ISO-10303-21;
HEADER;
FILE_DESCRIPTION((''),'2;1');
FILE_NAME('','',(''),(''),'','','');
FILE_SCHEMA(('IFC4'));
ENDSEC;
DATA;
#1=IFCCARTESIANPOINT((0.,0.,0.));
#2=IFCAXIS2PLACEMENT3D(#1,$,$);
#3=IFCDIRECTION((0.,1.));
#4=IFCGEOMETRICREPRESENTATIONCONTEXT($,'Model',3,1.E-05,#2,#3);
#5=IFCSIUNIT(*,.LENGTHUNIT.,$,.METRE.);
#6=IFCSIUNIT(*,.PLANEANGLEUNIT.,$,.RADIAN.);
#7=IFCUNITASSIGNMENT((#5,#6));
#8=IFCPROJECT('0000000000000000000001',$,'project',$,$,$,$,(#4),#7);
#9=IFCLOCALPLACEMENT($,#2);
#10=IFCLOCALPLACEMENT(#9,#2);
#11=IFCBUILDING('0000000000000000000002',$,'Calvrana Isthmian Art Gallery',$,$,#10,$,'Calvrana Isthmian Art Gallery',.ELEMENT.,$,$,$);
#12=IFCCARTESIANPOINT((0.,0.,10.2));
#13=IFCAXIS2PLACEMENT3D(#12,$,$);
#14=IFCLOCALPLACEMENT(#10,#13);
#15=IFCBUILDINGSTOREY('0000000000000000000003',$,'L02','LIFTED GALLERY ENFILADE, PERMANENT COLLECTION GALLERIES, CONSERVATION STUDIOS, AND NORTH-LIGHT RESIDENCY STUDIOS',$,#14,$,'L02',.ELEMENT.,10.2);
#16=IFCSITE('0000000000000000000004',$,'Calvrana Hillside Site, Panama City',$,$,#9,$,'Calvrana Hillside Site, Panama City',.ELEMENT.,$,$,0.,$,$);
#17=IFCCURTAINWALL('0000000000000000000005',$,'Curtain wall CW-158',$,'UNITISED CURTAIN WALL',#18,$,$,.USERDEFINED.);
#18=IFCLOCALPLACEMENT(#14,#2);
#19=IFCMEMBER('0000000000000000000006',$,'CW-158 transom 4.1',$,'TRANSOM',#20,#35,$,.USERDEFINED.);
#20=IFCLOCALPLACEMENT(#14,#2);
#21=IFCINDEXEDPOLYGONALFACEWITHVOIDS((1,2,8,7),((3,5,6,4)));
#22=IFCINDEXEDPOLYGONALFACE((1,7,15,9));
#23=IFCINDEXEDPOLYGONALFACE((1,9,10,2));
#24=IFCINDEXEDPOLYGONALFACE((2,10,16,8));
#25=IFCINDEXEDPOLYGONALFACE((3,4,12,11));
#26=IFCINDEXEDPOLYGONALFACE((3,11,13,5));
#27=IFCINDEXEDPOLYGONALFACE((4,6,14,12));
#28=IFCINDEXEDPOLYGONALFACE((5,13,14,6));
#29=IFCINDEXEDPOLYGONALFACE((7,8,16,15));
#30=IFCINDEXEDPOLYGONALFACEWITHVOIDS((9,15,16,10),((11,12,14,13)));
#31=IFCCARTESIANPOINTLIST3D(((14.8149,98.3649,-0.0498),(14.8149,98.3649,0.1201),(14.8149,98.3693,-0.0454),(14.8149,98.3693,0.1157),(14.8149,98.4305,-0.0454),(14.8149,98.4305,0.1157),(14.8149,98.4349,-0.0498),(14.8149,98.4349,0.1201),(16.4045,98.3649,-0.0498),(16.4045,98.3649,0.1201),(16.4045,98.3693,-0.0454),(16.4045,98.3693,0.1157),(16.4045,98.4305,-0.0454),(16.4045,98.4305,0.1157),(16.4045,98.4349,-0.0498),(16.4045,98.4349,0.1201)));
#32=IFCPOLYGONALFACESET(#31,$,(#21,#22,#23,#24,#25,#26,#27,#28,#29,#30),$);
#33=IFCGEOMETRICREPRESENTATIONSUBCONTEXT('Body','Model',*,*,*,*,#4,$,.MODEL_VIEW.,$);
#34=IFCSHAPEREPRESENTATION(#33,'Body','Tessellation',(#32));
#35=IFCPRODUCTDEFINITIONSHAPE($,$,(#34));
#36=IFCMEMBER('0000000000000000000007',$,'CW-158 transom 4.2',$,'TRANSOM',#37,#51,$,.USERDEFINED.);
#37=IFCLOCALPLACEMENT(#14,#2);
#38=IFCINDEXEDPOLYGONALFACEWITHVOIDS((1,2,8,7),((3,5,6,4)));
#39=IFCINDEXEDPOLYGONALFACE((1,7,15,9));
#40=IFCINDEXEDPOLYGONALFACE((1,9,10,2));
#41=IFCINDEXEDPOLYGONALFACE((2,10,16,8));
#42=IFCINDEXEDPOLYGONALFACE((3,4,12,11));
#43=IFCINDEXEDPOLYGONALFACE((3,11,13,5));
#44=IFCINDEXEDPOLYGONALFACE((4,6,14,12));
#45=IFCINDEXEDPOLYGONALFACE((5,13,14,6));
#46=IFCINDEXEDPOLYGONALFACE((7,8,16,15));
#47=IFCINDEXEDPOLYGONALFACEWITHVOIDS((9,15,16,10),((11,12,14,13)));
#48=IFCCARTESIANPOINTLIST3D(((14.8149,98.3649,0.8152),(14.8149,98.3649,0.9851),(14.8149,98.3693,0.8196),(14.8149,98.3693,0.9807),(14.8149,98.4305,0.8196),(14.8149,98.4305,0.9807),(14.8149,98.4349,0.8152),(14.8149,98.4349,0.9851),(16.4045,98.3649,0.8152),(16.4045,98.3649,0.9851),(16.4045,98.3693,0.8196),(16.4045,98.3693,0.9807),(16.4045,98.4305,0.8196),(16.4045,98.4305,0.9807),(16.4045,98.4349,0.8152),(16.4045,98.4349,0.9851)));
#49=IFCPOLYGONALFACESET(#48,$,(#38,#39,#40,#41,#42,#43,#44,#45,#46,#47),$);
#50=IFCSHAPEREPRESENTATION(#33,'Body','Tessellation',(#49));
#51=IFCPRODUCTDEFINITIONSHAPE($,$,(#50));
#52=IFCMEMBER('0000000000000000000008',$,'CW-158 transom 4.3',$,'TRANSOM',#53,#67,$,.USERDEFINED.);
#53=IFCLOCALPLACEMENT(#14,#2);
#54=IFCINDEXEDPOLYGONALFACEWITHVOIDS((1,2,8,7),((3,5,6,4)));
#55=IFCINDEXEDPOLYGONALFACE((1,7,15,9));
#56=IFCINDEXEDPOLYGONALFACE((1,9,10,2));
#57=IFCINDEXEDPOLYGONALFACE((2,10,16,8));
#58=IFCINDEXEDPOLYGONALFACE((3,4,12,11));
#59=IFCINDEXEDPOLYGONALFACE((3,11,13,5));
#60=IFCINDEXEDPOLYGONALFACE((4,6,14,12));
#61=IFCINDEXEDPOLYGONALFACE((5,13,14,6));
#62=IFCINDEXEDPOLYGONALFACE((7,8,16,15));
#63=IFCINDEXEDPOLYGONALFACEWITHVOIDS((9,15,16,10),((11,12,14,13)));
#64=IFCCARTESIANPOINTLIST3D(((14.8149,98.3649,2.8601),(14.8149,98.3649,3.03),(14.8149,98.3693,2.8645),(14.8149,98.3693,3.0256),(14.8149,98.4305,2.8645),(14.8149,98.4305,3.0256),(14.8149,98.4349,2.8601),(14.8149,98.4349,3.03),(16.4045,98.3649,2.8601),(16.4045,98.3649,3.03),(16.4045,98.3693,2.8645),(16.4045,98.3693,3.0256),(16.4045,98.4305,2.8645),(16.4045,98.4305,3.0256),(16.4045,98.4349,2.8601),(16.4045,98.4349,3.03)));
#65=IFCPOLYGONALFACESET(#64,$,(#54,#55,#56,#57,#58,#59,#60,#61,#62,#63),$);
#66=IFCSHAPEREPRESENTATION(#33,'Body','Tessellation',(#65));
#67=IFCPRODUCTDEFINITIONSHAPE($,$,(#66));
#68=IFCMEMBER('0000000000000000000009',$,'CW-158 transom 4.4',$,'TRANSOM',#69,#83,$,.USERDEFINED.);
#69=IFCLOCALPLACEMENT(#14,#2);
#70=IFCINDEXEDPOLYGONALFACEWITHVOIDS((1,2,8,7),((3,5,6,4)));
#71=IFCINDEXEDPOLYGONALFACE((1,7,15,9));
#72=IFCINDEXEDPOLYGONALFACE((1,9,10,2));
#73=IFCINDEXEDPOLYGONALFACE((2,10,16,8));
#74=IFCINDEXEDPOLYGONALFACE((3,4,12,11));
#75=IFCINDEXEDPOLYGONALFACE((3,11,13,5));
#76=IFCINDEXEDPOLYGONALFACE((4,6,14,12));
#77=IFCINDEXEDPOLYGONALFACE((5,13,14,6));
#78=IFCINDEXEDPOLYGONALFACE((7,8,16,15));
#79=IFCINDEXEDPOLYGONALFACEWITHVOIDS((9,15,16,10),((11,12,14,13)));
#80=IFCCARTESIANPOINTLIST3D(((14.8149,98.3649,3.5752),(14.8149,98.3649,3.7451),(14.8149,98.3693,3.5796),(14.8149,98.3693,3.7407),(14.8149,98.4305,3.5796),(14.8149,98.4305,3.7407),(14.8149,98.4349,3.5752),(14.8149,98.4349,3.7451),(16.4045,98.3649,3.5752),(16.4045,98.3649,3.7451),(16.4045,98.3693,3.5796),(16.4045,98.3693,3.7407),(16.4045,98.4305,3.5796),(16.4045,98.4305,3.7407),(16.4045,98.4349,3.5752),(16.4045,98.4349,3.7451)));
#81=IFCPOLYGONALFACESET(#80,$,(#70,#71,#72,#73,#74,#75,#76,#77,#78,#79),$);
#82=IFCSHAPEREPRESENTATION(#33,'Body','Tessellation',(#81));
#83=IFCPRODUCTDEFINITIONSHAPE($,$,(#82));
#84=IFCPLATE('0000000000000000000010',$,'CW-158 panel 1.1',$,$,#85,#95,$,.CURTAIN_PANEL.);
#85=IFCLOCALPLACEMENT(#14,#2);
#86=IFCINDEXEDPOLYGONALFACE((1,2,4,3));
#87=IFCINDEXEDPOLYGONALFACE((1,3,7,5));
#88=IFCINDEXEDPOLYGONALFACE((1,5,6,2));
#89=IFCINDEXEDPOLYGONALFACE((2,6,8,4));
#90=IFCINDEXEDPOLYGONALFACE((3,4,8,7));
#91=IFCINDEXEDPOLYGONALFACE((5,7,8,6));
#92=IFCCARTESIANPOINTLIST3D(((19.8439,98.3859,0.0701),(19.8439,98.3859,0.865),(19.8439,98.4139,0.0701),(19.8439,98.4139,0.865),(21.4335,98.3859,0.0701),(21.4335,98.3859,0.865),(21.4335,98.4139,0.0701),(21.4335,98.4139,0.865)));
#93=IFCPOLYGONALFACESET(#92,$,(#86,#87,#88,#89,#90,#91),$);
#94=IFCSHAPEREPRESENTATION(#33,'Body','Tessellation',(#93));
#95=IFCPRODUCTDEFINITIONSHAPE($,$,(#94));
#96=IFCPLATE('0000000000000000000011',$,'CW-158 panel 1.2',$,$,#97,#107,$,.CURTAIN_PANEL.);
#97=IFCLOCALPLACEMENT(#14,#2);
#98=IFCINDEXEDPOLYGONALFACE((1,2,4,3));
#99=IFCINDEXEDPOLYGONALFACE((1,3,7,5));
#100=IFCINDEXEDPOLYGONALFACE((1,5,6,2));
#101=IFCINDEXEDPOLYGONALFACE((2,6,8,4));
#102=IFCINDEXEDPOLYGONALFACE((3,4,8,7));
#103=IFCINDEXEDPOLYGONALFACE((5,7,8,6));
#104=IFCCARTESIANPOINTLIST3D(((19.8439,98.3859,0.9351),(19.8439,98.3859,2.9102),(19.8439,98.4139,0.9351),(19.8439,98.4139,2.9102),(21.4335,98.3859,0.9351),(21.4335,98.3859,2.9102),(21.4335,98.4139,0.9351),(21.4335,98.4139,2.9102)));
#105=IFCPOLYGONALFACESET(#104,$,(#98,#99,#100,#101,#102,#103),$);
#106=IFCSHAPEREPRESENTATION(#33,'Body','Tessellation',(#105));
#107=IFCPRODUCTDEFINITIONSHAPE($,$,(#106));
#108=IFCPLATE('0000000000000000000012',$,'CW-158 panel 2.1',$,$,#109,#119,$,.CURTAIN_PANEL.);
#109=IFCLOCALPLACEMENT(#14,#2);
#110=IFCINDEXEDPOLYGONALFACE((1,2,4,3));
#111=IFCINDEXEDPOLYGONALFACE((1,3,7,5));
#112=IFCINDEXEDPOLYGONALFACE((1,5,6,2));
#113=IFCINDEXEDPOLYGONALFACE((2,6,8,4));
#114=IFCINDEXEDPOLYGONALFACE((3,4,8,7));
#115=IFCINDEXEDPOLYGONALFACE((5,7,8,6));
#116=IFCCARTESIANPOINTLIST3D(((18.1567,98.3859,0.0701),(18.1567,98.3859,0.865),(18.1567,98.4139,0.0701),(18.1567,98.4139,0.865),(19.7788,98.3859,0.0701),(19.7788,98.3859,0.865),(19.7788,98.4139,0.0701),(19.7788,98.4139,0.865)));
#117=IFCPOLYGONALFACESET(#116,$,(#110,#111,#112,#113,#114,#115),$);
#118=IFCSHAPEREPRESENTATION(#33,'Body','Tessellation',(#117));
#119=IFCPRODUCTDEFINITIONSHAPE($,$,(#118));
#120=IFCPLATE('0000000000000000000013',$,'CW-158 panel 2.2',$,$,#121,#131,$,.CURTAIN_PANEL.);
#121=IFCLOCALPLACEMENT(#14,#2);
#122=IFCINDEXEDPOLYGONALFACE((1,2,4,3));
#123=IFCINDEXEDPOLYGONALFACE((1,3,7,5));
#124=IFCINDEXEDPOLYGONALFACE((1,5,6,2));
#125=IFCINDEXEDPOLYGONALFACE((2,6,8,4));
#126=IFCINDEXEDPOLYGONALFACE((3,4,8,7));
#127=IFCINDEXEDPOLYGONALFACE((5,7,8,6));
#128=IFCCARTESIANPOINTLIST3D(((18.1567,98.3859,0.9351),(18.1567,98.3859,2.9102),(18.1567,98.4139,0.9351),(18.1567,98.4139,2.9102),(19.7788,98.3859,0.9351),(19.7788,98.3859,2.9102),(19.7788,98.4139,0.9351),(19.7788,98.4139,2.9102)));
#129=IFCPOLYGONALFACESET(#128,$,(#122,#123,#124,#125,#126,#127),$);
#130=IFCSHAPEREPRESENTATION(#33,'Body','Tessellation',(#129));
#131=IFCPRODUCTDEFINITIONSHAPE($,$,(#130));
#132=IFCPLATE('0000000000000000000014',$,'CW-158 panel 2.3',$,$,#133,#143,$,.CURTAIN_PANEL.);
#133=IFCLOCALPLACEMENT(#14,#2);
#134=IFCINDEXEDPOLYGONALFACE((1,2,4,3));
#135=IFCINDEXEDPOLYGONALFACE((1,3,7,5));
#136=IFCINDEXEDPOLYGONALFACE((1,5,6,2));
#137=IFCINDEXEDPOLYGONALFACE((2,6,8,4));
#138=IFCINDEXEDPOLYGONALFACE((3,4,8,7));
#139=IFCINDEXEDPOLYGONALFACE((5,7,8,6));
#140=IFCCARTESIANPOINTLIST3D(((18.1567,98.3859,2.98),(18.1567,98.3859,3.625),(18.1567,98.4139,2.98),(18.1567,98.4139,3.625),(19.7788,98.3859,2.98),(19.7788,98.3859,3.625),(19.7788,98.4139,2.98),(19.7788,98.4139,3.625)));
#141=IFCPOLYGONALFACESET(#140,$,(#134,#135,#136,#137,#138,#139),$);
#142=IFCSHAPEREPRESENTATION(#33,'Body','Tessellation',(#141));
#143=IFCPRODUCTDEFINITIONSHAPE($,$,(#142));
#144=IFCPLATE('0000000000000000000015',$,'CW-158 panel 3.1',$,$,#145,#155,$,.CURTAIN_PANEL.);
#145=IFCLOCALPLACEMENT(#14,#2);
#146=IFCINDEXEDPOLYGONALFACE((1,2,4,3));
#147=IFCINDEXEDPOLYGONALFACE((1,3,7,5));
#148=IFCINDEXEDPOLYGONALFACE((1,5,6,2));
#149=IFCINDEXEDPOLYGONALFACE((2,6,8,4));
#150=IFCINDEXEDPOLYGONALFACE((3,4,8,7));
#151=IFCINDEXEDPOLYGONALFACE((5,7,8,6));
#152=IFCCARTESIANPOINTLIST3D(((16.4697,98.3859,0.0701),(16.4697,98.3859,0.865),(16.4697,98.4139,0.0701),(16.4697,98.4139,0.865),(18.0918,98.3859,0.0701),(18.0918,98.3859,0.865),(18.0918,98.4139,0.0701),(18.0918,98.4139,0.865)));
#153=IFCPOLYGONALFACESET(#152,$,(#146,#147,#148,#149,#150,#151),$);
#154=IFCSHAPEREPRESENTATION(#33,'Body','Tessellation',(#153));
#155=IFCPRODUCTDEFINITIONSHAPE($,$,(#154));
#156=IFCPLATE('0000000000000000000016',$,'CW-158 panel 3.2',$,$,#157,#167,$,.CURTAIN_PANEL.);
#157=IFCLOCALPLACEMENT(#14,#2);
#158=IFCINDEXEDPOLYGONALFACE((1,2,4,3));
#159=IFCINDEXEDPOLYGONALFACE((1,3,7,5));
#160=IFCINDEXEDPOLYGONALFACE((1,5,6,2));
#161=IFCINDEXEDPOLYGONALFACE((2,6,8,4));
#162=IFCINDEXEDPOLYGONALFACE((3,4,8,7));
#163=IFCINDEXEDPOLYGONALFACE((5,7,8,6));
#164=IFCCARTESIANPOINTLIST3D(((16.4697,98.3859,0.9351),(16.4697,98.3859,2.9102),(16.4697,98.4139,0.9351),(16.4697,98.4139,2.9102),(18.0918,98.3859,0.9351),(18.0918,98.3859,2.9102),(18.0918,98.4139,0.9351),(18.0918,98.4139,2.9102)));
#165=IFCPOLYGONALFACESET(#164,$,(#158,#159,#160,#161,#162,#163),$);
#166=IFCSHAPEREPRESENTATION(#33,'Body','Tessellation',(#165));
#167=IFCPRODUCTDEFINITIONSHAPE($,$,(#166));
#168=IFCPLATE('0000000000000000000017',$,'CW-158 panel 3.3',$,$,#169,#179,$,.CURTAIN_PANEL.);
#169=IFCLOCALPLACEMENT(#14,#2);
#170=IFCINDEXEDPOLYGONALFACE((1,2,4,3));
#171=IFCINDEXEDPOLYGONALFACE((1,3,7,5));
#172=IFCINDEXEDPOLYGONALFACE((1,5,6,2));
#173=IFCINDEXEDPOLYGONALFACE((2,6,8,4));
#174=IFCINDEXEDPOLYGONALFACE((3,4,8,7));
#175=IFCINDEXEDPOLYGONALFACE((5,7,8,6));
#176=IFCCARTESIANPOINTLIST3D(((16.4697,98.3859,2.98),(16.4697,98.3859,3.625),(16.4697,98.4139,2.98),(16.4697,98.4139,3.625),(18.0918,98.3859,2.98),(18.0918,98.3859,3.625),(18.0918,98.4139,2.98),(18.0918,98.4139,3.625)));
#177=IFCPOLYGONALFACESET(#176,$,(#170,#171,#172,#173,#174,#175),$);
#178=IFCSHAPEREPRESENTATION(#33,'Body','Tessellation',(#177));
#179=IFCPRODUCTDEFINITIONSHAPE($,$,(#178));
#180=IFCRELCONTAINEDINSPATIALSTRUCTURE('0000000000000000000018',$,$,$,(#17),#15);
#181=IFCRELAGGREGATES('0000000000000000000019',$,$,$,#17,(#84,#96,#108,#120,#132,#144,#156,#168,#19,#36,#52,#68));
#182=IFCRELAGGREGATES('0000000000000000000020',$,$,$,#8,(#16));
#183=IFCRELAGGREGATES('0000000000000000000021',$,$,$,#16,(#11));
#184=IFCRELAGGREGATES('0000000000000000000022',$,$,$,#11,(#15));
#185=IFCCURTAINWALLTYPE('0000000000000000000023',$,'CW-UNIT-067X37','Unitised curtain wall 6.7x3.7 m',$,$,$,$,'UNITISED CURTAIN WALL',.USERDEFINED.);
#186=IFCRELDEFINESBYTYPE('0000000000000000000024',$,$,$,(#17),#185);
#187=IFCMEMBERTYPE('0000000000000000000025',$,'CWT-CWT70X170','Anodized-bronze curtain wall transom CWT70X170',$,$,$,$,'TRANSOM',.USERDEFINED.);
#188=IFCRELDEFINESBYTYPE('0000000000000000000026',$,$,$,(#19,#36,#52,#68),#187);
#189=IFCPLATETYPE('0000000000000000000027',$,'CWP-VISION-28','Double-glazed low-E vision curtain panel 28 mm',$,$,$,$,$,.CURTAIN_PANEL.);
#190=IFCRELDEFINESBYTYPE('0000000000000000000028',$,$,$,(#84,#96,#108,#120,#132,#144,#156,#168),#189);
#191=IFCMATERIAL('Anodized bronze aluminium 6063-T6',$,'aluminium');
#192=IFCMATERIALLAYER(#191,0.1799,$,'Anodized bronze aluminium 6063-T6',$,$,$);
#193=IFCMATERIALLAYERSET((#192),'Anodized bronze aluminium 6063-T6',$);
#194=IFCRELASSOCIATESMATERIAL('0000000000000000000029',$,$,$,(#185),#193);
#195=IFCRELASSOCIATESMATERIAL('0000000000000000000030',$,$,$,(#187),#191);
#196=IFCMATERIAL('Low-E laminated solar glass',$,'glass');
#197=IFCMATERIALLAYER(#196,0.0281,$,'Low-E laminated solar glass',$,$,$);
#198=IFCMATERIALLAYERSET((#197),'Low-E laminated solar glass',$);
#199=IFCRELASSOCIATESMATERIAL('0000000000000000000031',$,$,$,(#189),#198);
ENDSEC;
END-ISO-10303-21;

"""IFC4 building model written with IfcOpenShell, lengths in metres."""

from ifc_helpers import new_model, si_unit, direction, frame, origin, origin_2d, place, context, subcontext, project, spatial, rectangle, hollow_rectangle, extrude, material, layer, layer_set, material_profile, profile_set, type_object, element, aggregate, save


model = new_model("IFC4")

# Units and contexts
model_context = context("Model", 3, precision=1e-05, world=origin(), true_north=direction((0.0, 1.0)))
body_context = subcontext(model_context, "Body", "Model", "MODEL_VIEW")
ifc_project = project(units=[si_unit("LENGTHUNIT", "METRE"), si_unit("PLANEANGLEUNIT", "RADIAN")], contexts=[model_context])

# Site, building, storey
site_placement = place(None, origin())
site = spatial("IfcSite", under=ifc_project, at=site_placement, Name="Calvrana Hillside Site, Panama City", LongName="Calvrana Hillside Site, Panama City", CompositionType="ELEMENT", RefElevation=0.0)
building_placement = place(site_placement, origin())
building = spatial("IfcBuilding", under=site, at=building_placement, Name="Calvrana Isthmian Art Gallery", LongName="Calvrana Isthmian Art Gallery", CompositionType="ELEMENT")
storey_placement = place(building_placement, frame((0.0, 0.0, 10.2)))
storey = spatial("IfcBuildingStorey", under=building, at=storey_placement, Name="L02", Description="LIFTED GALLERY ENFILADE, PERMANENT COLLECTION GALLERIES, CONSERVATION STUDIOS, AND NORTH-LIGHT RESIDENCY STUDIOS", LongName="L02", CompositionType="ELEMENT", Elevation=10.2)

# Curtain wall, members, plates
ifc_material_1 = material(Name="Anodized bronze aluminium 6063-T6", Category="aluminium")
ifc_layer_1 = layer(ifc_material_1, 0.1799, Name="Anodized bronze aluminium 6063-T6")
ifc_layer_set_1 = layer_set([ifc_layer_1], Name="Anodized bronze aluminium 6063-T6")
curtain_wall_type = type_object("IfcCurtainWallType", Name="CW-UNIT-067X37", Description="Unitised curtain wall 6.7x3.7 m", ElementType="UNITISED CURTAIN WALL", PredefinedType="USERDEFINED", material=ifc_layer_set_1)
curtain_wall_placement = place(storey_placement, origin())
curtain_wall = element("IfcCurtainWall", 1, at=curtain_wall_placement, inside=storey, type_object=curtain_wall_type, Name="Curtain wall CW-158", ObjectType="UNITISED CURTAIN WALL", PredefinedType="USERDEFINED")
ifc_material_profile_1 = material_profile(ifc_material_1, hollow_rectangle(XDim=0.0701, YDim=0.1699, WallThickness=0.0044, at=origin_2d()), Name="CWT70X170")
ifc_profile_set_1 = profile_set([ifc_material_profile_1], Name="Anodized bronze aluminium 6063-T6")
member_type_1 = type_object("IfcMemberType", Name="CWT-CWT70X170", Description="Anodized-bronze curtain wall transom CWT70X170", ElementType="TRANSOM", PredefinedType="USERDEFINED", material=ifc_profile_set_1)
member_1_placement = place(storey_placement, frame((16.4045, 98.3999, 0.0352), z_axis=(-1.0, 0.0, 0.0), x_axis=(0.0, -1.0, 0.0)))
member_1 = element("IfcMember", 2, at=member_1_placement, type_object=member_type_1, Name="CW-158 transom 4.1", ObjectType="TRANSOM", PredefinedType="USERDEFINED", context=body_context, shape_type="SweptSolid", body=[
    extrude(hollow_rectangle(XDim=0.0701, YDim=0.1699, WallThickness=0.0044, at=origin_2d()), origin(), (0.0, 0.0, 1.0), 1.5896),
])
member_2_placement = place(storey_placement, frame((16.4045, 98.3999, 0.9001), z_axis=(-1.0, 0.0, 0.0), x_axis=(0.0, -1.0, 0.0)))
member_2 = element("IfcMember", 3, at=member_2_placement, type_object=member_type_1, Name="CW-158 transom 4.2", ObjectType="TRANSOM", PredefinedType="USERDEFINED", context=body_context, shape_type="SweptSolid", body=[
    extrude(hollow_rectangle(XDim=0.0701, YDim=0.1699, WallThickness=0.0044, at=origin_2d()), origin(), (0.0, 0.0, 1.0), 1.5896),
])
member_3_placement = place(storey_placement, frame((16.4045, 98.3999, 2.9451), z_axis=(-1.0, 0.0, 0.0), x_axis=(0.0, -1.0, 0.0)))
member_3 = element("IfcMember", 4, at=member_3_placement, type_object=member_type_1, Name="CW-158 transom 4.3", ObjectType="TRANSOM", PredefinedType="USERDEFINED", context=body_context, shape_type="SweptSolid", body=[
    extrude(hollow_rectangle(XDim=0.0701, YDim=0.1699, WallThickness=0.0044, at=origin_2d()), origin(), (0.0, 0.0, 1.0), 1.5896),
])
member_4_placement = place(storey_placement, frame((16.4045, 98.3999, 3.6602), z_axis=(-1.0, 0.0, 0.0), x_axis=(0.0, -1.0, 0.0)))
member_4 = element("IfcMember", 5, at=member_4_placement, type_object=member_type_1, Name="CW-158 transom 4.4", ObjectType="TRANSOM", PredefinedType="USERDEFINED", context=body_context, shape_type="SweptSolid", body=[
    extrude(hollow_rectangle(XDim=0.0701, YDim=0.1699, WallThickness=0.0044, at=origin_2d()), origin(), (0.0, 0.0, 1.0), 1.5896),
])
ifc_material_2 = material(Name="Low-E laminated solar glass", Category="glass")
ifc_layer_2 = layer(ifc_material_2, 0.0281, Name="Low-E laminated solar glass")
ifc_layer_set_2 = layer_set([ifc_layer_2], Name="Low-E laminated solar glass")
plate_type = type_object("IfcPlateType", Name="CWP-VISION-28", Description="Double-glazed low-E vision curtain panel 28 mm", PredefinedType="CURTAIN_PANEL", material=ifc_layer_set_2)
plate_1_placement = place(storey_placement, frame((20.6387, 98.3999, 0.0701), z_axis=(0.0, 0.0, 1.0), x_axis=(-1.0, 0.0, 0.0)))
plate_1 = element("IfcPlate", 6, at=plate_1_placement, type_object=plate_type, Name="CW-158 panel 1.1", PredefinedType="CURTAIN_PANEL", context=body_context, shape_type="SweptSolid", body=[
    extrude(rectangle(XDim=1.5896, YDim=0.0281, at=origin_2d()), origin(), (0.0, 0.0, 1.0), 0.7949),
])
plate_2_placement = place(storey_placement, frame((20.6387, 98.3999, 0.9351), z_axis=(0.0, 0.0, 1.0), x_axis=(-1.0, 0.0, 0.0)))
plate_2 = element("IfcPlate", 7, at=plate_2_placement, type_object=plate_type, Name="CW-158 panel 1.2", PredefinedType="CURTAIN_PANEL", context=body_context, shape_type="SweptSolid", body=[
    extrude(rectangle(XDim=1.5896, YDim=0.0281, at=origin_2d()), origin(), (0.0, 0.0, 1.0), 1.9751),
])
plate_3_placement = place(storey_placement, frame((18.9678, 98.3999, 0.0701), z_axis=(0.0, 0.0, 1.0), x_axis=(-1.0, 0.0, 0.0)))
plate_3 = element("IfcPlate", 8, at=plate_3_placement, type_object=plate_type, Name="CW-158 panel 2.1", PredefinedType="CURTAIN_PANEL", context=body_context, shape_type="SweptSolid", body=[
    extrude(rectangle(XDim=1.6221, YDim=0.0281, at=origin_2d()), origin(), (0.0, 0.0, 1.0), 0.7949),
])
plate_4_placement = place(storey_placement, frame((18.9678, 98.3999, 0.9351), z_axis=(0.0, 0.0, 1.0), x_axis=(-1.0, 0.0, 0.0)))
plate_4 = element("IfcPlate", 9, at=plate_4_placement, type_object=plate_type, Name="CW-158 panel 2.2", PredefinedType="CURTAIN_PANEL", context=body_context, shape_type="SweptSolid", body=[
    extrude(rectangle(XDim=1.6221, YDim=0.0281, at=origin_2d()), origin(), (0.0, 0.0, 1.0), 1.9751),
])
plate_5_placement = place(storey_placement, frame((18.9678, 98.3999, 2.98), z_axis=(0.0, 0.0, 1.0), x_axis=(-1.0, 0.0, 0.0)))
plate_5 = element("IfcPlate", 10, at=plate_5_placement, type_object=plate_type, Name="CW-158 panel 2.3", PredefinedType="CURTAIN_PANEL", context=body_context, shape_type="SweptSolid", body=[
    extrude(rectangle(XDim=1.6221, YDim=0.0281, at=origin_2d()), origin(), (0.0, 0.0, 1.0), 0.645),
])
plate_6_placement = place(storey_placement, frame((17.2808, 98.3999, 0.0701), z_axis=(0.0, 0.0, 1.0), x_axis=(-1.0, 0.0, 0.0)))
plate_6 = element("IfcPlate", 11, at=plate_6_placement, type_object=plate_type, Name="CW-158 panel 3.1", PredefinedType="CURTAIN_PANEL", context=body_context, shape_type="SweptSolid", body=[
    extrude(rectangle(XDim=1.6221, YDim=0.0281, at=origin_2d()), origin(), (0.0, 0.0, 1.0), 0.7949),
])
plate_7_placement = place(storey_placement, frame((17.2808, 98.3999, 0.9351), z_axis=(0.0, 0.0, 1.0), x_axis=(-1.0, 0.0, 0.0)))
plate_7 = element("IfcPlate", 12, at=plate_7_placement, type_object=plate_type, Name="CW-158 panel 3.2", PredefinedType="CURTAIN_PANEL", context=body_context, shape_type="SweptSolid", body=[
    extrude(rectangle(XDim=1.6221, YDim=0.0281, at=origin_2d()), origin(), (0.0, 0.0, 1.0), 1.9751),
])
plate_8_placement = place(storey_placement, frame((17.2808, 98.3999, 2.98), z_axis=(0.0, 0.0, 1.0), x_axis=(-1.0, 0.0, 0.0)))
plate_8 = element("IfcPlate", 13, at=plate_8_placement, type_object=plate_type, Name="CW-158 panel 3.3", PredefinedType="CURTAIN_PANEL", context=body_context, shape_type="SweptSolid", body=[
    extrude(rectangle(XDim=1.6221, YDim=0.0281, at=origin_2d()), origin(), (0.0, 0.0, 1.0), 0.645),
])
aggregate(curtain_wall, [plate_1, plate_2, plate_3, plate_4, plate_5, plate_6, plate_7, plate_8, member_1, member_2, member_3, member_4])

save(model, "model.ifc")
